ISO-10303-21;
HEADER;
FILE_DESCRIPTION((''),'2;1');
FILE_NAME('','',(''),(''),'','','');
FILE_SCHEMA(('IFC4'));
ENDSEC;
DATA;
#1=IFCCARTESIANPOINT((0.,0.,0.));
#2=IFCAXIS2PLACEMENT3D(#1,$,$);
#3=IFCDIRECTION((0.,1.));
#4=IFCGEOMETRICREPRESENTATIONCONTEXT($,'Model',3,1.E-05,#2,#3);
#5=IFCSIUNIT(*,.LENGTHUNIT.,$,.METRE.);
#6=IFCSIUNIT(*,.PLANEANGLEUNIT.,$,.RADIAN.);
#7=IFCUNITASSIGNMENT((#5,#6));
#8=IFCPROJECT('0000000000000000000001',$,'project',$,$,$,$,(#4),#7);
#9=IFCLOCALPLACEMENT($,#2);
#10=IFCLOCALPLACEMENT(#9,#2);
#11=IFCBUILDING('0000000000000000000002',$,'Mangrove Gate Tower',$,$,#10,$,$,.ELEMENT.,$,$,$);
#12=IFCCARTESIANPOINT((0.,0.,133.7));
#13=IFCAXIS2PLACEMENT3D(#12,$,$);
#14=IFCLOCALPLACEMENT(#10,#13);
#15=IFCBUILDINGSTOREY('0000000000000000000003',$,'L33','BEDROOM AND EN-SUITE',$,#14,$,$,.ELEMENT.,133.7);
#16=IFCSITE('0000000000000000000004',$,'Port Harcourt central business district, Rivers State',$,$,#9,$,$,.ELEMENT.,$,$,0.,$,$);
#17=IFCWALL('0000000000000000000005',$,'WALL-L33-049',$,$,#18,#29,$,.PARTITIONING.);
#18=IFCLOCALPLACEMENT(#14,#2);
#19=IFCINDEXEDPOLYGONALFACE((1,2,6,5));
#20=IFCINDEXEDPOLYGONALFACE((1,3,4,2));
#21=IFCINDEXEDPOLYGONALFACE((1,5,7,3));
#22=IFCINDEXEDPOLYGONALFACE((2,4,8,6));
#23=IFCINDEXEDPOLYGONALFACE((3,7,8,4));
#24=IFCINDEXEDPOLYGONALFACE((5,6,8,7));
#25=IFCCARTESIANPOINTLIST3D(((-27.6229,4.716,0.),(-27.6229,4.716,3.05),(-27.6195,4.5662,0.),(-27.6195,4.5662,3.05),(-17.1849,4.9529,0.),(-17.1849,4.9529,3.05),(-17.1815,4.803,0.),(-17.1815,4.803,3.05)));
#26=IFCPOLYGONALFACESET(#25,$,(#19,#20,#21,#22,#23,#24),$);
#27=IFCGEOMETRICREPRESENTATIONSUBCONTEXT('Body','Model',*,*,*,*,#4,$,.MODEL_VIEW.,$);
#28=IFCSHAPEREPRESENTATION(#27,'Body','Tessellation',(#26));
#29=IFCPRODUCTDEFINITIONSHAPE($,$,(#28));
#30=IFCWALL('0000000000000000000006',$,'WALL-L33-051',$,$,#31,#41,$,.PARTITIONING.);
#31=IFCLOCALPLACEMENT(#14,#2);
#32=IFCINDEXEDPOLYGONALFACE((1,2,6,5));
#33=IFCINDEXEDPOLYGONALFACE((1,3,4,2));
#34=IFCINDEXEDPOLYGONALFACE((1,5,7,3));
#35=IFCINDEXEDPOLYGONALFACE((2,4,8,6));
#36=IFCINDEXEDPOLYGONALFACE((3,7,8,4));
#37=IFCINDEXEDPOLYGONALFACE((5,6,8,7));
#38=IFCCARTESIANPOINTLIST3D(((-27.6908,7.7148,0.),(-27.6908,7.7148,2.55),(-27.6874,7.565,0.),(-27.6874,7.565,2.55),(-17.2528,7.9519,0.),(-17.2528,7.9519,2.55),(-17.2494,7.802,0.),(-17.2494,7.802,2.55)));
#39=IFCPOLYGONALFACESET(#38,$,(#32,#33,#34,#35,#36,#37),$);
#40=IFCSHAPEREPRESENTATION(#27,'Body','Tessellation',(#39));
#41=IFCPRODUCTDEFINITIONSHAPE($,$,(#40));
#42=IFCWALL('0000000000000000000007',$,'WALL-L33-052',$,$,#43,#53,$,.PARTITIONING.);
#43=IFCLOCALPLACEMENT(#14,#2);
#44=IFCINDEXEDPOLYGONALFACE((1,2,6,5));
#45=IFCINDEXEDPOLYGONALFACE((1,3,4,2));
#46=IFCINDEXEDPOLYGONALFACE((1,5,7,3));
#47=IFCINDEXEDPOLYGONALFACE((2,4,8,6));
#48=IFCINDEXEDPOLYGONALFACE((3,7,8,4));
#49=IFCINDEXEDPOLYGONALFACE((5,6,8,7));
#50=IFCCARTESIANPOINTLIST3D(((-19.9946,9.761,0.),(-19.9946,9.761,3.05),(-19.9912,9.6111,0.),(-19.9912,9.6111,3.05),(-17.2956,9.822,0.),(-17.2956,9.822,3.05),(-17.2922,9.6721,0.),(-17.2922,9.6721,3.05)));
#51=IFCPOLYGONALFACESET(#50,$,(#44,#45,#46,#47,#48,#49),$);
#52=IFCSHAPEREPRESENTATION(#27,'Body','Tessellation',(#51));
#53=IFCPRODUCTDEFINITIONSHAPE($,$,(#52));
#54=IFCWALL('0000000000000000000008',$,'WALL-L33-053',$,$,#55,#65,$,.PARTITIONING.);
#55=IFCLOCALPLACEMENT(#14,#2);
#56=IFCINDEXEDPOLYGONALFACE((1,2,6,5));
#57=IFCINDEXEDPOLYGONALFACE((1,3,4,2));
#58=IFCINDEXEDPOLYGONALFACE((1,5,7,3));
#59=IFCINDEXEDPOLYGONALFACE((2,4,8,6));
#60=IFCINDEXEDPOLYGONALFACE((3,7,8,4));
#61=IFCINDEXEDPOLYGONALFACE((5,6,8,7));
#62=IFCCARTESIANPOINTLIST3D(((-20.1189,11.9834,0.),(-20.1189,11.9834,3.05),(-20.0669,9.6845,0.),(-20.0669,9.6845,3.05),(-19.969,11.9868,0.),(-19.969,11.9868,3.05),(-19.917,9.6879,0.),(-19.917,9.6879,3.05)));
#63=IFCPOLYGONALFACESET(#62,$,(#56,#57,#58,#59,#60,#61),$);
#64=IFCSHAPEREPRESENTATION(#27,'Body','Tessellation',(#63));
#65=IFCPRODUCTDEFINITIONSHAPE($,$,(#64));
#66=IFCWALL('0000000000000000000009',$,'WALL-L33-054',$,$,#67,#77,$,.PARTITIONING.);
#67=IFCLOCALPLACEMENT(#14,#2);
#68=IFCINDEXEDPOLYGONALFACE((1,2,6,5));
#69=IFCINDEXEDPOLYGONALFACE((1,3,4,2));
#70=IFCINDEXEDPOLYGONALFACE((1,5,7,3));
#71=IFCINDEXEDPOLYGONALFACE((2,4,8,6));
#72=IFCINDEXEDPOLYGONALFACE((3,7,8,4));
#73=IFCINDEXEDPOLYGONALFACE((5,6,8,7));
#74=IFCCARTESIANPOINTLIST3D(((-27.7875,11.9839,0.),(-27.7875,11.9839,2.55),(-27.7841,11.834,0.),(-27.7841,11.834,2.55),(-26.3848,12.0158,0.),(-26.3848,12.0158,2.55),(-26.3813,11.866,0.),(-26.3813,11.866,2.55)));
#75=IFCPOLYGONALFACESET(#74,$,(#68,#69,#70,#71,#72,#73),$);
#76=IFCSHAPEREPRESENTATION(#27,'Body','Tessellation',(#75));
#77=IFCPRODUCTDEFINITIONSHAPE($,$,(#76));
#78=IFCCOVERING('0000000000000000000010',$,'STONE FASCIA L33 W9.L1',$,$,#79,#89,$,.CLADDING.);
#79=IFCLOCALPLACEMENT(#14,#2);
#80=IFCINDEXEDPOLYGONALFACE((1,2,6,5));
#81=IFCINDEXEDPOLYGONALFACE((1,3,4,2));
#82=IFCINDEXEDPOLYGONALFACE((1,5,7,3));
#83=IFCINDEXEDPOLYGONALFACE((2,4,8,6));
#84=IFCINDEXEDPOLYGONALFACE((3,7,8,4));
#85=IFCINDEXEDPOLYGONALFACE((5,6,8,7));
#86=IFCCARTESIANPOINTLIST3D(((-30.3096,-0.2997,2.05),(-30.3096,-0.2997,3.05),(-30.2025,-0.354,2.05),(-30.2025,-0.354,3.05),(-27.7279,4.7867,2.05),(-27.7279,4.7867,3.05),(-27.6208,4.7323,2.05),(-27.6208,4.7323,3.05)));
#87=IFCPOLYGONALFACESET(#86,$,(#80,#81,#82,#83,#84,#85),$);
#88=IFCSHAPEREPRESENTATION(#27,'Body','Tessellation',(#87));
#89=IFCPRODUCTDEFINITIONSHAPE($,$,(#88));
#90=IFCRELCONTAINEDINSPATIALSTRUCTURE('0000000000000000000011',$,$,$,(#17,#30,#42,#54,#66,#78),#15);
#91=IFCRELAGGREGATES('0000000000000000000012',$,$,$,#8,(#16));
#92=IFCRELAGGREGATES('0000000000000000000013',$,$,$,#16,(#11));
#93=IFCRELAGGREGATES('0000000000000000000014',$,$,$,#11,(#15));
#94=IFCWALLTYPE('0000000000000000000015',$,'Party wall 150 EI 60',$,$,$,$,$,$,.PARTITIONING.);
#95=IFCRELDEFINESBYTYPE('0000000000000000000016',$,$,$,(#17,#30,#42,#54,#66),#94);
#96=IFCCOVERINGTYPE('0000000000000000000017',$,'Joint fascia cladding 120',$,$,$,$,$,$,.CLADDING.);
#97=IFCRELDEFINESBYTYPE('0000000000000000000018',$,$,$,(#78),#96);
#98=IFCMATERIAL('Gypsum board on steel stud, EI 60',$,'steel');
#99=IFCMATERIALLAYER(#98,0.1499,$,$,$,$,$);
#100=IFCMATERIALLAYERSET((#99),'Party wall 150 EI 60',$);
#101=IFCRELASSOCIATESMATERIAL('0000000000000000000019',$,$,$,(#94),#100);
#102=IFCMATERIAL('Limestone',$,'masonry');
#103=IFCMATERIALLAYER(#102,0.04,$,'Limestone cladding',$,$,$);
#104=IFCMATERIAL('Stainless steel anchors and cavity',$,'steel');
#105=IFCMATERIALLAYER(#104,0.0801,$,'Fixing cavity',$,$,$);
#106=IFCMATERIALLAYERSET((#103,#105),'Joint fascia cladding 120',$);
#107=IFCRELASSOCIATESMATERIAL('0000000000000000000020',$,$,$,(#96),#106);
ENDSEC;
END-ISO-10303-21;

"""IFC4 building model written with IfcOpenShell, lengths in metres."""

from ifc_helpers import new_model, si_unit, direction, frame, frame_2d, origin, place, context, subcontext, project, spatial, rectangle, extrude, material, layer, layer_set, type_object, element, save


model = new_model("IFC4")

# Units and contexts
model_context = context("Model", 3, precision=1e-05, world=origin(), true_north=direction((0.0, 1.0)))
body_context = subcontext(model_context, "Body", "Model", "MODEL_VIEW")
ifc_project = project(units=[si_unit("LENGTHUNIT", "METRE"), si_unit("PLANEANGLEUNIT", "RADIAN")], contexts=[model_context])

# Site, building, storey
site_placement = place(None, origin())
site = spatial("IfcSite", under=ifc_project, at=site_placement, Name="Port Harcourt central business district, Rivers State", CompositionType="ELEMENT", RefElevation=0.0)
building_placement = place(site_placement, origin())
building = spatial("IfcBuilding", under=site, at=building_placement, Name="Mangrove Gate Tower", CompositionType="ELEMENT")
storey_placement = place(building_placement, frame((0.0, 0.0, 133.7)))
storey = spatial("IfcBuildingStorey", under=building, at=storey_placement, Name="L33", Description="BEDROOM AND EN-SUITE", CompositionType="ELEMENT", Elevation=133.7)

# Shared definitions
ifc_material_1 = material(Name="Limestone", Category="masonry")

# Walls
ifc_material_2 = material(Name="Gypsum board on steel stud, EI 60", Category="steel")
ifc_layer_1 = layer(ifc_material_2, 0.1499)
ifc_layer_set_1 = layer_set([ifc_layer_1], Name="Party wall 150 EI 60")
wall_type_1 = type_object("IfcWallType", Name="Party wall 150 EI 60", PredefinedType="PARTITIONING", material=ifc_layer_set_1)
wall_1_placement = place(storey_placement, frame((-27.6211, 4.6411, 0.0), z_axis=(0.0, 0.0, 1.0), x_axis=(0.999743, 0.022682, 0.0)))
element("IfcWall", 1, at=wall_1_placement, inside=storey, type_object=wall_type_1, Name="WALL-L33-049", PredefinedType="PARTITIONING", context=body_context, shape_type="SweptSolid", body=[
    extrude(rectangle(XDim=10.4407, YDim=0.1499, at=frame_2d((5.2202, 0.0))), origin(), (0.0, 0.0, 1.0), 3.05),
])
wall_2_placement = place(storey_placement, frame((-27.689, 7.6399, 0.0), z_axis=(0.0, 0.0, 1.0), x_axis=(0.999742, 0.022705, 0.0)))
element("IfcWall", 2, at=wall_2_placement, inside=storey, type_object=wall_type_1, Name="WALL-L33-051", PredefinedType="PARTITIONING", context=body_context, shape_type="SweptSolid", body=[
    extrude(rectangle(XDim=10.4407, YDim=0.1499, at=frame_2d((5.2202, 0.0))), origin(), (0.0, 0.0, 1.0), 2.55),
])
wall_3_placement = place(storey_placement, frame((-19.9929, 9.686, 0.0), z_axis=(0.0, 0.0, 1.0), x_axis=(0.999744, 0.022608, 0.0)))
element("IfcWall", 3, at=wall_3_placement, inside=storey, type_object=wall_type_1, Name="WALL-L33-052", PredefinedType="PARTITIONING", context=body_context, shape_type="SweptSolid", body=[
    extrude(rectangle(XDim=2.6997, YDim=0.1499, at=frame_2d((1.3499, 0.0))), origin(), (0.0, 0.0, 1.0), 3.05),
])
wall_4_placement = place(storey_placement, frame((-19.9919, 9.686, 0.0), z_axis=(0.0, 0.0, 1.0), x_axis=(-0.022613, 0.999744, 0.0)))
element("IfcWall", 4, at=wall_4_placement, inside=storey, type_object=wall_type_1, Name="WALL-L33-053", PredefinedType="PARTITIONING", context=body_context, shape_type="SweptSolid", body=[
    extrude(rectangle(XDim=2.2996, YDim=0.1499, at=frame_2d((1.1499, 0.0))), origin(), (0.0, 0.0, 1.0), 3.05),
])
wall_5_placement = place(storey_placement, frame((-27.7859, 11.9089, 0.0), z_axis=(0.0, 0.0, 1.0), x_axis=(0.99974, 0.022793, 0.0)))
element("IfcWall", 5, at=wall_5_placement, inside=storey, type_object=wall_type_1, Name="WALL-L33-054", PredefinedType="PARTITIONING", context=body_context, shape_type="SweptSolid", body=[
    extrude(rectangle(XDim=1.4031, YDim=0.1499, at=frame_2d((0.7017, 0.0))), origin(), (0.0, 0.0, 1.0), 2.55),
])

# Covering
ifc_layer_2 = layer(ifc_material_1, 0.04, Name="Limestone cladding")
ifc_material_3 = material(Name="Stainless steel anchors and cavity", Category="steel")
ifc_layer_3 = layer(ifc_material_3, 0.0801, Name="Fixing cavity")
ifc_layer_set_2 = layer_set([ifc_layer_2, ifc_layer_3], Name="Joint fascia cladding 120")
covering_type = type_object("IfcCoveringType", Name="Joint fascia cladding 120", PredefinedType="CLADDING", material=ifc_layer_set_2)
covering_placement = place(storey_placement, frame((-27.6743, 4.7595, 2.05), z_axis=(0.0, 0.0, 1.0), x_axis=(-0.452615, -0.891706, 0.0)))
element("IfcCovering", 6, at=covering_placement, inside=storey, type_object=covering_type, Name="STONE FASCIA L33 W9.L1", PredefinedType="CLADDING", context=body_context, shape_type="SweptSolid", body=[
    extrude(rectangle(XDim=5.7041, YDim=0.1201, at=frame_2d((2.8521, 0.0))), origin(), (0.0, 0.0, 1.0), 1.0),
])

save(model, "model.ifc")
